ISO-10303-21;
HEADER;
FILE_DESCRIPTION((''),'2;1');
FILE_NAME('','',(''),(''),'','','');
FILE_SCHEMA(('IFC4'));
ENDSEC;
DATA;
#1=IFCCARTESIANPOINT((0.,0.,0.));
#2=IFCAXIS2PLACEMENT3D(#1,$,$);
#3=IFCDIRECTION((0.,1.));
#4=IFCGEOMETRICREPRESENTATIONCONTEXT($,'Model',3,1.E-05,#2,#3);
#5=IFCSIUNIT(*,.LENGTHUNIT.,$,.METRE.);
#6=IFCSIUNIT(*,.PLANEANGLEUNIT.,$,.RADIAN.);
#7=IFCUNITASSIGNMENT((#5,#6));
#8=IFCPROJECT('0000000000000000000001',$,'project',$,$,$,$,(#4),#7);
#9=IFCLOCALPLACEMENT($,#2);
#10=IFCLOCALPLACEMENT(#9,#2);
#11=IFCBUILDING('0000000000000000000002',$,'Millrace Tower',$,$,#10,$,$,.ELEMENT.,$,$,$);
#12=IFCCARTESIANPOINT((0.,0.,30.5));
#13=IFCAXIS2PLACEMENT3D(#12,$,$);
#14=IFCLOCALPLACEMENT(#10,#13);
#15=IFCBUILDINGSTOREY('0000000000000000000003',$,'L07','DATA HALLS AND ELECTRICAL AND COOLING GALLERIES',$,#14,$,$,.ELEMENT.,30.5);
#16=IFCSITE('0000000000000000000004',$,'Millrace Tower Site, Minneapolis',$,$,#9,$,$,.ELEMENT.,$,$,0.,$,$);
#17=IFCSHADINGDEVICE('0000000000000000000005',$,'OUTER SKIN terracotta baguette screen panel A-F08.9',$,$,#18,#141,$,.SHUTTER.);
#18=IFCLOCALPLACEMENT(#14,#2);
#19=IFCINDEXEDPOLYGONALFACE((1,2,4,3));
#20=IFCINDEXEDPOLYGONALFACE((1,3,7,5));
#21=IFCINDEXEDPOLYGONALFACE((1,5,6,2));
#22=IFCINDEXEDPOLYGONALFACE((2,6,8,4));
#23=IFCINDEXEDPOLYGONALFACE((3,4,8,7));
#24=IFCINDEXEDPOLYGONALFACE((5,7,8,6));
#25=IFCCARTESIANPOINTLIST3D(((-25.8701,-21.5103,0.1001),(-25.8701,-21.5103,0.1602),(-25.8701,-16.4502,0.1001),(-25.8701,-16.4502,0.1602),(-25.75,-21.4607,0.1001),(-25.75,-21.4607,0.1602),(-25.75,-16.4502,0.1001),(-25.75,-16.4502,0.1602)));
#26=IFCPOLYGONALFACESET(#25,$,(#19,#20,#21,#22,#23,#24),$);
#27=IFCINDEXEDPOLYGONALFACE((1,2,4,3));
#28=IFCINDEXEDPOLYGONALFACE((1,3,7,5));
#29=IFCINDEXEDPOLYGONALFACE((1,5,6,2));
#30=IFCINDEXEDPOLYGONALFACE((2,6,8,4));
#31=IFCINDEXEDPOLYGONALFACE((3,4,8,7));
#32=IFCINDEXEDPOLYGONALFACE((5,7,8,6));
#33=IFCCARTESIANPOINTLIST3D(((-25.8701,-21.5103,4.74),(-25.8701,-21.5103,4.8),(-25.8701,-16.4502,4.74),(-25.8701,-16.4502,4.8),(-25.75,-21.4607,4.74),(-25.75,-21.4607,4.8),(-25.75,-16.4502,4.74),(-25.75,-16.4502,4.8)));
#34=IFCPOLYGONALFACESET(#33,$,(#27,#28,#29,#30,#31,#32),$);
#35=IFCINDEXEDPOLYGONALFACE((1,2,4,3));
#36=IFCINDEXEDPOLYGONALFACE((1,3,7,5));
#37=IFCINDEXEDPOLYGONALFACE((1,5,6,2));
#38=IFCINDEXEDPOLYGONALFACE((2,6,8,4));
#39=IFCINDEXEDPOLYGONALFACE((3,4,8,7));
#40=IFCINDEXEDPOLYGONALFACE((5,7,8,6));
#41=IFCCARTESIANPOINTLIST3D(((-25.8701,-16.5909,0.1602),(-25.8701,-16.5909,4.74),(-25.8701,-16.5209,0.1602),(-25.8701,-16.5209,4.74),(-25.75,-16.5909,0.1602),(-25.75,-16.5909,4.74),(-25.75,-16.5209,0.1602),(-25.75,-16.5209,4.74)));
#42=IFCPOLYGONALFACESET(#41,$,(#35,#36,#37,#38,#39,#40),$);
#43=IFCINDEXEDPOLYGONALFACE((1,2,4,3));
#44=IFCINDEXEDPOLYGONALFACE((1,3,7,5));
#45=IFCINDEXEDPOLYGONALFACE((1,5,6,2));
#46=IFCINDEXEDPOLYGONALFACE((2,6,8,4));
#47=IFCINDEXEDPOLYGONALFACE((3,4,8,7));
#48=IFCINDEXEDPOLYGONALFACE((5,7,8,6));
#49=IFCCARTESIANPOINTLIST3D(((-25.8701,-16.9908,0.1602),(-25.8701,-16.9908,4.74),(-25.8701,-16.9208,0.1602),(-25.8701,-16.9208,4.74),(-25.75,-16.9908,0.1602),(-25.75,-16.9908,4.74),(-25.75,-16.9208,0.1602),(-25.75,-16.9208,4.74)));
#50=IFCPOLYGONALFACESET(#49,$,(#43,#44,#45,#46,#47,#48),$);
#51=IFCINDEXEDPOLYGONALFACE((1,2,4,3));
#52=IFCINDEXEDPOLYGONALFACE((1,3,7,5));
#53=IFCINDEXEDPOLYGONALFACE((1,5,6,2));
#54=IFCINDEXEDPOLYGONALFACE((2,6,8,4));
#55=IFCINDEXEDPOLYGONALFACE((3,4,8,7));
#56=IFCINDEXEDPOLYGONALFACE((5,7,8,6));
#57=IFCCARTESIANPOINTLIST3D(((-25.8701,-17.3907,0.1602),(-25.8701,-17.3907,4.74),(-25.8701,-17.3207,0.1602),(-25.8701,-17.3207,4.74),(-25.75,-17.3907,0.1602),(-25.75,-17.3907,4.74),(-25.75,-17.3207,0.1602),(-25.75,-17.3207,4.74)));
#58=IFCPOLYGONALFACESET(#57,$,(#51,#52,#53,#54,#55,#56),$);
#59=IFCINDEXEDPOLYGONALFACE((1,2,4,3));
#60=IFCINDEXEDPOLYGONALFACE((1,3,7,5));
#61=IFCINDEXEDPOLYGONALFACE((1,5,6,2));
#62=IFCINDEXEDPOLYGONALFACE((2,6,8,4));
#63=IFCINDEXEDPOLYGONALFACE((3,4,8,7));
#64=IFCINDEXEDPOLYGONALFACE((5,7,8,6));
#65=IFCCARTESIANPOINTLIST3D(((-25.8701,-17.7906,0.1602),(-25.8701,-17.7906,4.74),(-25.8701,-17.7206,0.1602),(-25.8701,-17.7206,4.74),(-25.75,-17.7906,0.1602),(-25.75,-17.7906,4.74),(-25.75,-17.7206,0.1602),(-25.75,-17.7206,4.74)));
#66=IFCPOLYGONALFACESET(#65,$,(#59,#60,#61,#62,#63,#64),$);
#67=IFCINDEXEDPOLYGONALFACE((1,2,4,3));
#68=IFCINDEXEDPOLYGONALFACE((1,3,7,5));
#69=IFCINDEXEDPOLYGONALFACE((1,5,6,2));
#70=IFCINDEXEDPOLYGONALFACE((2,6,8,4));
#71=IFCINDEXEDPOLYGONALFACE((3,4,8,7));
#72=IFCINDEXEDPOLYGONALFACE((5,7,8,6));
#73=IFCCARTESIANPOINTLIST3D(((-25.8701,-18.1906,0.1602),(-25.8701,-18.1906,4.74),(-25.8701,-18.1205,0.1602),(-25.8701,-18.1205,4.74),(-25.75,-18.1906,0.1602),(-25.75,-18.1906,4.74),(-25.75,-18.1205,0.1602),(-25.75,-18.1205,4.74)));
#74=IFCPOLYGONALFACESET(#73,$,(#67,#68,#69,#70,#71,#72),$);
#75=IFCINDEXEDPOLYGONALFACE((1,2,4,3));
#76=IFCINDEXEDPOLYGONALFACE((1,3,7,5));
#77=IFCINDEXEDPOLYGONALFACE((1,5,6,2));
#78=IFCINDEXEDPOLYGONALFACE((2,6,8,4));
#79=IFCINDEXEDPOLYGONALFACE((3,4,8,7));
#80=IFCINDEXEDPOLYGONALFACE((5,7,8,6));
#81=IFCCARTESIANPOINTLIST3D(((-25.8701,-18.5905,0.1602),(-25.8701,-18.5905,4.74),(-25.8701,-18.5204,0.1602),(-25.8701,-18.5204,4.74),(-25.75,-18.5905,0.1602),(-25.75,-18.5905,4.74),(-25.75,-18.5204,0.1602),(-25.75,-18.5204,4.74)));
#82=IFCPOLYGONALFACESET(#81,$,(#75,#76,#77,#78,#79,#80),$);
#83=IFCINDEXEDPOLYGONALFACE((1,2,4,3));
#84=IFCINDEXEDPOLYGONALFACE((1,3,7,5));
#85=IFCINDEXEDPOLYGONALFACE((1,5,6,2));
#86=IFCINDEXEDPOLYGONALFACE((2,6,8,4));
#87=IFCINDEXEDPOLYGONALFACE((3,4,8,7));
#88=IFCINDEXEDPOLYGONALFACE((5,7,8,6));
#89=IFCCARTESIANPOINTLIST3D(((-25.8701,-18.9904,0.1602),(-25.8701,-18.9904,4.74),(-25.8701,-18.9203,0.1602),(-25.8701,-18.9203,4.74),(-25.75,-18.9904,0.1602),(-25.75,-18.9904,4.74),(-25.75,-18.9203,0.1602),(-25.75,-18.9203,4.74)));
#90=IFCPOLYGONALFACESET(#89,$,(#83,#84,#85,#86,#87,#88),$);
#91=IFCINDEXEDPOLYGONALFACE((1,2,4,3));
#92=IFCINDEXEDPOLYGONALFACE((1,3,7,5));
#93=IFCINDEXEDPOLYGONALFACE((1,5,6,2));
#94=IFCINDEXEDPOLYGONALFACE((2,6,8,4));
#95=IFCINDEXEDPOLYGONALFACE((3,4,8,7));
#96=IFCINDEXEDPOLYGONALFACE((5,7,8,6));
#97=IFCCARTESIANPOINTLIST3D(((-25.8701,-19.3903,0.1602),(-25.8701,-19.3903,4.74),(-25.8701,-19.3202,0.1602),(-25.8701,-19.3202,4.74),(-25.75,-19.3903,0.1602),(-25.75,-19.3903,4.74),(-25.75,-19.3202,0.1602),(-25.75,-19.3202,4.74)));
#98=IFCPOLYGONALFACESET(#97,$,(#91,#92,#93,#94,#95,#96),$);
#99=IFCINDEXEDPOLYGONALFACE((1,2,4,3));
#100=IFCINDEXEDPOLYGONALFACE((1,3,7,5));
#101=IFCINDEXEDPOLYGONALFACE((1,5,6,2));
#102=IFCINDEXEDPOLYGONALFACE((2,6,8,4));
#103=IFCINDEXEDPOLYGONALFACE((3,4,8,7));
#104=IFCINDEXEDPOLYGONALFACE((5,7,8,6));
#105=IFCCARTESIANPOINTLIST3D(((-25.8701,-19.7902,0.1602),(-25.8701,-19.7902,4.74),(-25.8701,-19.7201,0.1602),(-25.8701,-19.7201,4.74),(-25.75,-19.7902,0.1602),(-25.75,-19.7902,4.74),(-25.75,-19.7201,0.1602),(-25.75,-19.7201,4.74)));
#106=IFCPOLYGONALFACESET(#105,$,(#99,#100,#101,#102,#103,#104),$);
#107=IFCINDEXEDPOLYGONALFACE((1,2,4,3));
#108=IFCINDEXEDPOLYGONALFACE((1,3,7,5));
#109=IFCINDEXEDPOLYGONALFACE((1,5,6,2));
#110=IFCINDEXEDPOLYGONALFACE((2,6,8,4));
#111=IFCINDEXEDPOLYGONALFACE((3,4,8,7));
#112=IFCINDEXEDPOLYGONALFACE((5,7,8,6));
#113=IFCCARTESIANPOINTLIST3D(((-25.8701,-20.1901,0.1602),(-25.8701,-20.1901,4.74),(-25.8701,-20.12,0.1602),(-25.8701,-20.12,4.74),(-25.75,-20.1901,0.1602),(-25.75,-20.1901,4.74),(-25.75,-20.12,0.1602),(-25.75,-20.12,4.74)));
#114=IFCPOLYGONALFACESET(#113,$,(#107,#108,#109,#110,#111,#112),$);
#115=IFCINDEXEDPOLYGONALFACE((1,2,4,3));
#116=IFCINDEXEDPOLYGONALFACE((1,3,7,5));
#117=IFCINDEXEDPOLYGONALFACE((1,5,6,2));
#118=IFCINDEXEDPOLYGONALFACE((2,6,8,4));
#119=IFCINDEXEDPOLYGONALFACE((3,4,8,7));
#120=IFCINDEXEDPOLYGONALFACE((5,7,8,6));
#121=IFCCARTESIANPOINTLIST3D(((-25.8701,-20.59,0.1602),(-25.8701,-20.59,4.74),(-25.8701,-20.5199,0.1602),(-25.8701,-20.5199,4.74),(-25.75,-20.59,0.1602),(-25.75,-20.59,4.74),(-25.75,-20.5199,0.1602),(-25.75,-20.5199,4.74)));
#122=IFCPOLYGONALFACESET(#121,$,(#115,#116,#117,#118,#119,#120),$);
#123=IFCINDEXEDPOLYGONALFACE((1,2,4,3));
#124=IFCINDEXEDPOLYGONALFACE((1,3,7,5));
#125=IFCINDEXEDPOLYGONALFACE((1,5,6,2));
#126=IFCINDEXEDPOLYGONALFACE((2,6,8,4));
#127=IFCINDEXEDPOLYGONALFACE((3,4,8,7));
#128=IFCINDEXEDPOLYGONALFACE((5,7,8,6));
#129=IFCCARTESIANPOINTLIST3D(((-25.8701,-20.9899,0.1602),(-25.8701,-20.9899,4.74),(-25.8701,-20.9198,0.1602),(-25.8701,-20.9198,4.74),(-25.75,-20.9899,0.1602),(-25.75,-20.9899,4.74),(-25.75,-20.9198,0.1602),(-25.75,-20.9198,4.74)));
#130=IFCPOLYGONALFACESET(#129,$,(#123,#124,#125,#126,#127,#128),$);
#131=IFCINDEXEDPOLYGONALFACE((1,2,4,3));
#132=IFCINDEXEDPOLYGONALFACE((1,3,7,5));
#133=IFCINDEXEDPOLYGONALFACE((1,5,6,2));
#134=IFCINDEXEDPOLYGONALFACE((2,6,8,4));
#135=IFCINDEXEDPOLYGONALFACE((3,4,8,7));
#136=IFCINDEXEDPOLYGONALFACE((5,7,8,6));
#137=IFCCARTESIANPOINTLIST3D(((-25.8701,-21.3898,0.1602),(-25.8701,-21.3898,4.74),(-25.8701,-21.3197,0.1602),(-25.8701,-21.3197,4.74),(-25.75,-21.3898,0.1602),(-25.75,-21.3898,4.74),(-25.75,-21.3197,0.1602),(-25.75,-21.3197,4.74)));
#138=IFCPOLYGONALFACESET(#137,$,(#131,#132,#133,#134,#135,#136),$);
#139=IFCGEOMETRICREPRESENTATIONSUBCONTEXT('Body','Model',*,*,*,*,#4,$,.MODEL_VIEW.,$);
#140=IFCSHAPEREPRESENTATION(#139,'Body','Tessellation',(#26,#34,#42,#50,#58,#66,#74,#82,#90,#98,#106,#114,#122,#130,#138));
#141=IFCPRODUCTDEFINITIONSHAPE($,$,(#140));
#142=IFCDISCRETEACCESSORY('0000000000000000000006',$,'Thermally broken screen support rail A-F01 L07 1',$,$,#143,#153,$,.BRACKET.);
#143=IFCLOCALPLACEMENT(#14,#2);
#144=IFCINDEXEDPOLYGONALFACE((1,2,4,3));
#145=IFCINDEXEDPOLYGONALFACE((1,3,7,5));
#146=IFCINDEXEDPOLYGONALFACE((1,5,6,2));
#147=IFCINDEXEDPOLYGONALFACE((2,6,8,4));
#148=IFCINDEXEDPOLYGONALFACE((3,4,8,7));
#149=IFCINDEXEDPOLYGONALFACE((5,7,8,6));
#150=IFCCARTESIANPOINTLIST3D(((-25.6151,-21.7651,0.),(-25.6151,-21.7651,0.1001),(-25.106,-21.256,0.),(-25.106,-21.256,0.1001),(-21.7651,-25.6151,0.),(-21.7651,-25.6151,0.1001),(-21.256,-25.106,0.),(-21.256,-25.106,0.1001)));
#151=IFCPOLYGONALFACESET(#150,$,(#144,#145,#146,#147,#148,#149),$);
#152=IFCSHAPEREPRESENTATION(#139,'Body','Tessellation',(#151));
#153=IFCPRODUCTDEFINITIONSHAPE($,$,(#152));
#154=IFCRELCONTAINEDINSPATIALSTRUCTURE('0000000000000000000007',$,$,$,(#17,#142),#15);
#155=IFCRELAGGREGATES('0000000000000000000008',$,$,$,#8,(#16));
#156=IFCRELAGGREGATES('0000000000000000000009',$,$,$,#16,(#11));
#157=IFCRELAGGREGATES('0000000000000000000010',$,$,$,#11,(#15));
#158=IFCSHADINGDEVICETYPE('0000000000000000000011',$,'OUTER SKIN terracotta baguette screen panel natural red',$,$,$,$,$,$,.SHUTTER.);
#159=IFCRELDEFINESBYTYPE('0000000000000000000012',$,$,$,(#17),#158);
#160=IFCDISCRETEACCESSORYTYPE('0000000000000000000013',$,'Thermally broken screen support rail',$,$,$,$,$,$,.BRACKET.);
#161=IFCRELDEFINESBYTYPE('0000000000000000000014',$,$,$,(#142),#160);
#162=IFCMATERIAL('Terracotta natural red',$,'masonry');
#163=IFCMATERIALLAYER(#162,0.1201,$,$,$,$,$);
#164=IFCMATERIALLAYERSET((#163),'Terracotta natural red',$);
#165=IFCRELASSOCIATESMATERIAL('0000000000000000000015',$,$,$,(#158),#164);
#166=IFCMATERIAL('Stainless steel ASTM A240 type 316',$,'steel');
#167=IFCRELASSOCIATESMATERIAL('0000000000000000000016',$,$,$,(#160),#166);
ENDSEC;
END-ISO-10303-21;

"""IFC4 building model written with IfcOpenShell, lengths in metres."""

from ifc_helpers import new_model, entity, si_unit, direction, frame, frame_2d, origin, origin_2d, place, context, subcontext, project, spatial, rectangle, extrude, source, transform, mapped, material, layer, layer_set, type_object, element, save


model = new_model("IFC4")

# Units and contexts
model_context = context("Model", 3, precision=1e-05, world=origin(), true_north=direction((0.0, 1.0)))
body_context = subcontext(model_context, "Body", "Model", "MODEL_VIEW")
ifc_project = project(units=[si_unit("LENGTHUNIT", "METRE"), si_unit("PLANEANGLEUNIT", "RADIAN")], contexts=[model_context])

# Site, building, storey
site_placement = place(None, origin())
site = spatial("IfcSite", under=ifc_project, at=site_placement, Name="Millrace Tower Site, Minneapolis", CompositionType="ELEMENT", RefElevation=0.0)
building_placement = place(site_placement, origin())
building = spatial("IfcBuilding", under=site, at=building_placement, Name="Millrace Tower", CompositionType="ELEMENT")
storey_placement = place(building_placement, frame((0.0, 0.0, 30.5)))
storey = spatial("IfcBuildingStorey", under=building, at=storey_placement, Name="L07", Description="DATA HALLS AND ELECTRICAL AND COOLING GALLERIES", CompositionType="ELEMENT", Elevation=30.5)

# Shading device
ifc_material_1 = material(Name="Terracotta natural red", Category="masonry")
ifc_layer_1 = layer(ifc_material_1, 0.1201)
ifc_layer_set_1 = layer_set([ifc_layer_1], Name="Terracotta natural red")
shading_device_type_1 = type_object("IfcShadingDeviceType", Name="OUTER SKIN terracotta baguette screen panel natural red", PredefinedType="SHUTTER", material=ifc_layer_set_1)
cartesian_point_1 = entity("IfcCartesianPoint", [-2.5176, 0.0601])
shared_polyline_1 = entity("IfcPolyline", [cartesian_point_1, entity("IfcCartesianPoint", [2.4929, 0.0601]), entity("IfcCartesianPoint", [2.5425, -0.0601]), entity("IfcCartesianPoint", [-2.5176, -0.0601]), cartesian_point_1])
shared_shape_1 = source(origin(), body_context, "Body", "SweptSolid", [
    entity("IfcExtrudedAreaSolid", entity("IfcArbitraryClosedProfileDef", "AREA", None, shared_polyline_1), entity("IfcAxis2Placement3D", entity("IfcCartesianPoint", [0.0, 0.0, 0.0])), entity("IfcDirection", [0.0, 0.0, 1.0]), 0.0601),
    entity("IfcExtrudedAreaSolid", entity("IfcArbitraryClosedProfileDef", "AREA", None, shared_polyline_1), entity("IfcAxis2Placement3D", entity("IfcCartesianPoint", [0.0, 0.0, 4.6399])), entity("IfcDirection", [0.0, 0.0, 1.0]), 0.0601),
    extrude(rectangle(XDim=0.0701, YDim=0.1201, at=frame_2d((-2.4119, 0.0))), frame((0.0, 0.0, 0.0601)), (0.0, 0.0, 1.0), 4.5798),
    extrude(rectangle(XDim=0.0701, YDim=0.1201, at=frame_2d((-2.012, 0.0))), frame((0.0, 0.0, 0.0601)), (0.0, 0.0, 1.0), 4.5798),
    extrude(rectangle(XDim=0.0701, YDim=0.1201, at=frame_2d((-1.6121, 0.0))), frame((0.0, 0.0, 0.0601)), (0.0, 0.0, 1.0), 4.5798),
    extrude(rectangle(XDim=0.0701, YDim=0.1201, at=frame_2d((-1.2122, 0.0))), frame((0.0, 0.0, 0.0601)), (0.0, 0.0, 1.0), 4.5798),
    extrude(rectangle(XDim=0.0701, YDim=0.1201, at=frame_2d((-0.8123, 0.0))), frame((0.0, 0.0, 0.0601)), (0.0, 0.0, 1.0), 4.5798),
    extrude(rectangle(XDim=0.0701, YDim=0.1201, at=frame_2d((-0.4124, 0.0))), frame((0.0, 0.0, 0.0601)), (0.0, 0.0, 1.0), 4.5798),
    extrude(rectangle(XDim=0.0701, YDim=0.1201, at=frame_2d((-0.0125, 0.0))), frame((0.0, 0.0, 0.0601)), (0.0, 0.0, 1.0), 4.5798),
    extrude(rectangle(XDim=0.0701, YDim=0.1201, at=frame_2d((0.3875, 0.0))), frame((0.0, 0.0, 0.0601)), (0.0, 0.0, 1.0), 4.5798),
    extrude(rectangle(XDim=0.0701, YDim=0.1201, at=frame_2d((0.7874, 0.0))), frame((0.0, 0.0, 0.0601)), (0.0, 0.0, 1.0), 4.5798),
    extrude(rectangle(XDim=0.0701, YDim=0.1201, at=frame_2d((1.1873, 0.0))), frame((0.0, 0.0, 0.0601)), (0.0, 0.0, 1.0), 4.5798),
    extrude(rectangle(XDim=0.0701, YDim=0.1201, at=frame_2d((1.5872, 0.0))), frame((0.0, 0.0, 0.0601)), (0.0, 0.0, 1.0), 4.5798),
    extrude(rectangle(XDim=0.0701, YDim=0.1201, at=frame_2d((1.9871, 0.0))), frame((0.0, 0.0, 0.0601)), (0.0, 0.0, 1.0), 4.5798),
    extrude(rectangle(XDim=0.0701, YDim=0.1201, at=frame_2d((2.387, 0.0))), frame((0.0, 0.0, 0.0601)), (0.0, 0.0, 1.0), 4.5798),
])
shading_device_1_placement = place(storey_placement, frame((-25.8101, -18.9678, 0.1001), z_axis=(0.0, 0.0, 1.0), x_axis=(0.0, -1.0, 0.0)))
element("IfcShadingDevice", 1, at=shading_device_1_placement, inside=storey, type_object=shading_device_type_1, Name="OUTER SKIN terracotta baguette screen panel A-F08.9", PredefinedType="SHUTTER", context=body_context, shape_type="MappedRepresentation", body=[
    mapped(shared_shape_1, transform((0.0, 0.0, 0.0), scale=1.0)),
])

# Discrete accessory
ifc_material_2 = material(Name="Stainless steel ASTM A240 type 316", Category="steel")
discrete_accessory_type = type_object("IfcDiscreteAccessoryType", Name="Thermally broken screen support rail", PredefinedType="BRACKET", material=ifc_material_2)
discrete_accessory_placement = place(storey_placement, frame((-23.4355, -23.4355, 0.0), z_axis=(0.0, 0.0, 1.0), x_axis=(0.707107, -0.707107, 0.0)))
element("IfcDiscreteAccessory", 2, at=discrete_accessory_placement, inside=storey, type_object=discrete_accessory_type, Name="Thermally broken screen support rail A-F01 L07 1", PredefinedType="BRACKET", context=body_context, shape_type="SweptSolid", body=[
    extrude(rectangle(XDim=5.4448, YDim=0.72, at=origin_2d()), origin(), (0.0, 0.0, 1.0), 0.1001),
])

save(model, "model.ifc")
